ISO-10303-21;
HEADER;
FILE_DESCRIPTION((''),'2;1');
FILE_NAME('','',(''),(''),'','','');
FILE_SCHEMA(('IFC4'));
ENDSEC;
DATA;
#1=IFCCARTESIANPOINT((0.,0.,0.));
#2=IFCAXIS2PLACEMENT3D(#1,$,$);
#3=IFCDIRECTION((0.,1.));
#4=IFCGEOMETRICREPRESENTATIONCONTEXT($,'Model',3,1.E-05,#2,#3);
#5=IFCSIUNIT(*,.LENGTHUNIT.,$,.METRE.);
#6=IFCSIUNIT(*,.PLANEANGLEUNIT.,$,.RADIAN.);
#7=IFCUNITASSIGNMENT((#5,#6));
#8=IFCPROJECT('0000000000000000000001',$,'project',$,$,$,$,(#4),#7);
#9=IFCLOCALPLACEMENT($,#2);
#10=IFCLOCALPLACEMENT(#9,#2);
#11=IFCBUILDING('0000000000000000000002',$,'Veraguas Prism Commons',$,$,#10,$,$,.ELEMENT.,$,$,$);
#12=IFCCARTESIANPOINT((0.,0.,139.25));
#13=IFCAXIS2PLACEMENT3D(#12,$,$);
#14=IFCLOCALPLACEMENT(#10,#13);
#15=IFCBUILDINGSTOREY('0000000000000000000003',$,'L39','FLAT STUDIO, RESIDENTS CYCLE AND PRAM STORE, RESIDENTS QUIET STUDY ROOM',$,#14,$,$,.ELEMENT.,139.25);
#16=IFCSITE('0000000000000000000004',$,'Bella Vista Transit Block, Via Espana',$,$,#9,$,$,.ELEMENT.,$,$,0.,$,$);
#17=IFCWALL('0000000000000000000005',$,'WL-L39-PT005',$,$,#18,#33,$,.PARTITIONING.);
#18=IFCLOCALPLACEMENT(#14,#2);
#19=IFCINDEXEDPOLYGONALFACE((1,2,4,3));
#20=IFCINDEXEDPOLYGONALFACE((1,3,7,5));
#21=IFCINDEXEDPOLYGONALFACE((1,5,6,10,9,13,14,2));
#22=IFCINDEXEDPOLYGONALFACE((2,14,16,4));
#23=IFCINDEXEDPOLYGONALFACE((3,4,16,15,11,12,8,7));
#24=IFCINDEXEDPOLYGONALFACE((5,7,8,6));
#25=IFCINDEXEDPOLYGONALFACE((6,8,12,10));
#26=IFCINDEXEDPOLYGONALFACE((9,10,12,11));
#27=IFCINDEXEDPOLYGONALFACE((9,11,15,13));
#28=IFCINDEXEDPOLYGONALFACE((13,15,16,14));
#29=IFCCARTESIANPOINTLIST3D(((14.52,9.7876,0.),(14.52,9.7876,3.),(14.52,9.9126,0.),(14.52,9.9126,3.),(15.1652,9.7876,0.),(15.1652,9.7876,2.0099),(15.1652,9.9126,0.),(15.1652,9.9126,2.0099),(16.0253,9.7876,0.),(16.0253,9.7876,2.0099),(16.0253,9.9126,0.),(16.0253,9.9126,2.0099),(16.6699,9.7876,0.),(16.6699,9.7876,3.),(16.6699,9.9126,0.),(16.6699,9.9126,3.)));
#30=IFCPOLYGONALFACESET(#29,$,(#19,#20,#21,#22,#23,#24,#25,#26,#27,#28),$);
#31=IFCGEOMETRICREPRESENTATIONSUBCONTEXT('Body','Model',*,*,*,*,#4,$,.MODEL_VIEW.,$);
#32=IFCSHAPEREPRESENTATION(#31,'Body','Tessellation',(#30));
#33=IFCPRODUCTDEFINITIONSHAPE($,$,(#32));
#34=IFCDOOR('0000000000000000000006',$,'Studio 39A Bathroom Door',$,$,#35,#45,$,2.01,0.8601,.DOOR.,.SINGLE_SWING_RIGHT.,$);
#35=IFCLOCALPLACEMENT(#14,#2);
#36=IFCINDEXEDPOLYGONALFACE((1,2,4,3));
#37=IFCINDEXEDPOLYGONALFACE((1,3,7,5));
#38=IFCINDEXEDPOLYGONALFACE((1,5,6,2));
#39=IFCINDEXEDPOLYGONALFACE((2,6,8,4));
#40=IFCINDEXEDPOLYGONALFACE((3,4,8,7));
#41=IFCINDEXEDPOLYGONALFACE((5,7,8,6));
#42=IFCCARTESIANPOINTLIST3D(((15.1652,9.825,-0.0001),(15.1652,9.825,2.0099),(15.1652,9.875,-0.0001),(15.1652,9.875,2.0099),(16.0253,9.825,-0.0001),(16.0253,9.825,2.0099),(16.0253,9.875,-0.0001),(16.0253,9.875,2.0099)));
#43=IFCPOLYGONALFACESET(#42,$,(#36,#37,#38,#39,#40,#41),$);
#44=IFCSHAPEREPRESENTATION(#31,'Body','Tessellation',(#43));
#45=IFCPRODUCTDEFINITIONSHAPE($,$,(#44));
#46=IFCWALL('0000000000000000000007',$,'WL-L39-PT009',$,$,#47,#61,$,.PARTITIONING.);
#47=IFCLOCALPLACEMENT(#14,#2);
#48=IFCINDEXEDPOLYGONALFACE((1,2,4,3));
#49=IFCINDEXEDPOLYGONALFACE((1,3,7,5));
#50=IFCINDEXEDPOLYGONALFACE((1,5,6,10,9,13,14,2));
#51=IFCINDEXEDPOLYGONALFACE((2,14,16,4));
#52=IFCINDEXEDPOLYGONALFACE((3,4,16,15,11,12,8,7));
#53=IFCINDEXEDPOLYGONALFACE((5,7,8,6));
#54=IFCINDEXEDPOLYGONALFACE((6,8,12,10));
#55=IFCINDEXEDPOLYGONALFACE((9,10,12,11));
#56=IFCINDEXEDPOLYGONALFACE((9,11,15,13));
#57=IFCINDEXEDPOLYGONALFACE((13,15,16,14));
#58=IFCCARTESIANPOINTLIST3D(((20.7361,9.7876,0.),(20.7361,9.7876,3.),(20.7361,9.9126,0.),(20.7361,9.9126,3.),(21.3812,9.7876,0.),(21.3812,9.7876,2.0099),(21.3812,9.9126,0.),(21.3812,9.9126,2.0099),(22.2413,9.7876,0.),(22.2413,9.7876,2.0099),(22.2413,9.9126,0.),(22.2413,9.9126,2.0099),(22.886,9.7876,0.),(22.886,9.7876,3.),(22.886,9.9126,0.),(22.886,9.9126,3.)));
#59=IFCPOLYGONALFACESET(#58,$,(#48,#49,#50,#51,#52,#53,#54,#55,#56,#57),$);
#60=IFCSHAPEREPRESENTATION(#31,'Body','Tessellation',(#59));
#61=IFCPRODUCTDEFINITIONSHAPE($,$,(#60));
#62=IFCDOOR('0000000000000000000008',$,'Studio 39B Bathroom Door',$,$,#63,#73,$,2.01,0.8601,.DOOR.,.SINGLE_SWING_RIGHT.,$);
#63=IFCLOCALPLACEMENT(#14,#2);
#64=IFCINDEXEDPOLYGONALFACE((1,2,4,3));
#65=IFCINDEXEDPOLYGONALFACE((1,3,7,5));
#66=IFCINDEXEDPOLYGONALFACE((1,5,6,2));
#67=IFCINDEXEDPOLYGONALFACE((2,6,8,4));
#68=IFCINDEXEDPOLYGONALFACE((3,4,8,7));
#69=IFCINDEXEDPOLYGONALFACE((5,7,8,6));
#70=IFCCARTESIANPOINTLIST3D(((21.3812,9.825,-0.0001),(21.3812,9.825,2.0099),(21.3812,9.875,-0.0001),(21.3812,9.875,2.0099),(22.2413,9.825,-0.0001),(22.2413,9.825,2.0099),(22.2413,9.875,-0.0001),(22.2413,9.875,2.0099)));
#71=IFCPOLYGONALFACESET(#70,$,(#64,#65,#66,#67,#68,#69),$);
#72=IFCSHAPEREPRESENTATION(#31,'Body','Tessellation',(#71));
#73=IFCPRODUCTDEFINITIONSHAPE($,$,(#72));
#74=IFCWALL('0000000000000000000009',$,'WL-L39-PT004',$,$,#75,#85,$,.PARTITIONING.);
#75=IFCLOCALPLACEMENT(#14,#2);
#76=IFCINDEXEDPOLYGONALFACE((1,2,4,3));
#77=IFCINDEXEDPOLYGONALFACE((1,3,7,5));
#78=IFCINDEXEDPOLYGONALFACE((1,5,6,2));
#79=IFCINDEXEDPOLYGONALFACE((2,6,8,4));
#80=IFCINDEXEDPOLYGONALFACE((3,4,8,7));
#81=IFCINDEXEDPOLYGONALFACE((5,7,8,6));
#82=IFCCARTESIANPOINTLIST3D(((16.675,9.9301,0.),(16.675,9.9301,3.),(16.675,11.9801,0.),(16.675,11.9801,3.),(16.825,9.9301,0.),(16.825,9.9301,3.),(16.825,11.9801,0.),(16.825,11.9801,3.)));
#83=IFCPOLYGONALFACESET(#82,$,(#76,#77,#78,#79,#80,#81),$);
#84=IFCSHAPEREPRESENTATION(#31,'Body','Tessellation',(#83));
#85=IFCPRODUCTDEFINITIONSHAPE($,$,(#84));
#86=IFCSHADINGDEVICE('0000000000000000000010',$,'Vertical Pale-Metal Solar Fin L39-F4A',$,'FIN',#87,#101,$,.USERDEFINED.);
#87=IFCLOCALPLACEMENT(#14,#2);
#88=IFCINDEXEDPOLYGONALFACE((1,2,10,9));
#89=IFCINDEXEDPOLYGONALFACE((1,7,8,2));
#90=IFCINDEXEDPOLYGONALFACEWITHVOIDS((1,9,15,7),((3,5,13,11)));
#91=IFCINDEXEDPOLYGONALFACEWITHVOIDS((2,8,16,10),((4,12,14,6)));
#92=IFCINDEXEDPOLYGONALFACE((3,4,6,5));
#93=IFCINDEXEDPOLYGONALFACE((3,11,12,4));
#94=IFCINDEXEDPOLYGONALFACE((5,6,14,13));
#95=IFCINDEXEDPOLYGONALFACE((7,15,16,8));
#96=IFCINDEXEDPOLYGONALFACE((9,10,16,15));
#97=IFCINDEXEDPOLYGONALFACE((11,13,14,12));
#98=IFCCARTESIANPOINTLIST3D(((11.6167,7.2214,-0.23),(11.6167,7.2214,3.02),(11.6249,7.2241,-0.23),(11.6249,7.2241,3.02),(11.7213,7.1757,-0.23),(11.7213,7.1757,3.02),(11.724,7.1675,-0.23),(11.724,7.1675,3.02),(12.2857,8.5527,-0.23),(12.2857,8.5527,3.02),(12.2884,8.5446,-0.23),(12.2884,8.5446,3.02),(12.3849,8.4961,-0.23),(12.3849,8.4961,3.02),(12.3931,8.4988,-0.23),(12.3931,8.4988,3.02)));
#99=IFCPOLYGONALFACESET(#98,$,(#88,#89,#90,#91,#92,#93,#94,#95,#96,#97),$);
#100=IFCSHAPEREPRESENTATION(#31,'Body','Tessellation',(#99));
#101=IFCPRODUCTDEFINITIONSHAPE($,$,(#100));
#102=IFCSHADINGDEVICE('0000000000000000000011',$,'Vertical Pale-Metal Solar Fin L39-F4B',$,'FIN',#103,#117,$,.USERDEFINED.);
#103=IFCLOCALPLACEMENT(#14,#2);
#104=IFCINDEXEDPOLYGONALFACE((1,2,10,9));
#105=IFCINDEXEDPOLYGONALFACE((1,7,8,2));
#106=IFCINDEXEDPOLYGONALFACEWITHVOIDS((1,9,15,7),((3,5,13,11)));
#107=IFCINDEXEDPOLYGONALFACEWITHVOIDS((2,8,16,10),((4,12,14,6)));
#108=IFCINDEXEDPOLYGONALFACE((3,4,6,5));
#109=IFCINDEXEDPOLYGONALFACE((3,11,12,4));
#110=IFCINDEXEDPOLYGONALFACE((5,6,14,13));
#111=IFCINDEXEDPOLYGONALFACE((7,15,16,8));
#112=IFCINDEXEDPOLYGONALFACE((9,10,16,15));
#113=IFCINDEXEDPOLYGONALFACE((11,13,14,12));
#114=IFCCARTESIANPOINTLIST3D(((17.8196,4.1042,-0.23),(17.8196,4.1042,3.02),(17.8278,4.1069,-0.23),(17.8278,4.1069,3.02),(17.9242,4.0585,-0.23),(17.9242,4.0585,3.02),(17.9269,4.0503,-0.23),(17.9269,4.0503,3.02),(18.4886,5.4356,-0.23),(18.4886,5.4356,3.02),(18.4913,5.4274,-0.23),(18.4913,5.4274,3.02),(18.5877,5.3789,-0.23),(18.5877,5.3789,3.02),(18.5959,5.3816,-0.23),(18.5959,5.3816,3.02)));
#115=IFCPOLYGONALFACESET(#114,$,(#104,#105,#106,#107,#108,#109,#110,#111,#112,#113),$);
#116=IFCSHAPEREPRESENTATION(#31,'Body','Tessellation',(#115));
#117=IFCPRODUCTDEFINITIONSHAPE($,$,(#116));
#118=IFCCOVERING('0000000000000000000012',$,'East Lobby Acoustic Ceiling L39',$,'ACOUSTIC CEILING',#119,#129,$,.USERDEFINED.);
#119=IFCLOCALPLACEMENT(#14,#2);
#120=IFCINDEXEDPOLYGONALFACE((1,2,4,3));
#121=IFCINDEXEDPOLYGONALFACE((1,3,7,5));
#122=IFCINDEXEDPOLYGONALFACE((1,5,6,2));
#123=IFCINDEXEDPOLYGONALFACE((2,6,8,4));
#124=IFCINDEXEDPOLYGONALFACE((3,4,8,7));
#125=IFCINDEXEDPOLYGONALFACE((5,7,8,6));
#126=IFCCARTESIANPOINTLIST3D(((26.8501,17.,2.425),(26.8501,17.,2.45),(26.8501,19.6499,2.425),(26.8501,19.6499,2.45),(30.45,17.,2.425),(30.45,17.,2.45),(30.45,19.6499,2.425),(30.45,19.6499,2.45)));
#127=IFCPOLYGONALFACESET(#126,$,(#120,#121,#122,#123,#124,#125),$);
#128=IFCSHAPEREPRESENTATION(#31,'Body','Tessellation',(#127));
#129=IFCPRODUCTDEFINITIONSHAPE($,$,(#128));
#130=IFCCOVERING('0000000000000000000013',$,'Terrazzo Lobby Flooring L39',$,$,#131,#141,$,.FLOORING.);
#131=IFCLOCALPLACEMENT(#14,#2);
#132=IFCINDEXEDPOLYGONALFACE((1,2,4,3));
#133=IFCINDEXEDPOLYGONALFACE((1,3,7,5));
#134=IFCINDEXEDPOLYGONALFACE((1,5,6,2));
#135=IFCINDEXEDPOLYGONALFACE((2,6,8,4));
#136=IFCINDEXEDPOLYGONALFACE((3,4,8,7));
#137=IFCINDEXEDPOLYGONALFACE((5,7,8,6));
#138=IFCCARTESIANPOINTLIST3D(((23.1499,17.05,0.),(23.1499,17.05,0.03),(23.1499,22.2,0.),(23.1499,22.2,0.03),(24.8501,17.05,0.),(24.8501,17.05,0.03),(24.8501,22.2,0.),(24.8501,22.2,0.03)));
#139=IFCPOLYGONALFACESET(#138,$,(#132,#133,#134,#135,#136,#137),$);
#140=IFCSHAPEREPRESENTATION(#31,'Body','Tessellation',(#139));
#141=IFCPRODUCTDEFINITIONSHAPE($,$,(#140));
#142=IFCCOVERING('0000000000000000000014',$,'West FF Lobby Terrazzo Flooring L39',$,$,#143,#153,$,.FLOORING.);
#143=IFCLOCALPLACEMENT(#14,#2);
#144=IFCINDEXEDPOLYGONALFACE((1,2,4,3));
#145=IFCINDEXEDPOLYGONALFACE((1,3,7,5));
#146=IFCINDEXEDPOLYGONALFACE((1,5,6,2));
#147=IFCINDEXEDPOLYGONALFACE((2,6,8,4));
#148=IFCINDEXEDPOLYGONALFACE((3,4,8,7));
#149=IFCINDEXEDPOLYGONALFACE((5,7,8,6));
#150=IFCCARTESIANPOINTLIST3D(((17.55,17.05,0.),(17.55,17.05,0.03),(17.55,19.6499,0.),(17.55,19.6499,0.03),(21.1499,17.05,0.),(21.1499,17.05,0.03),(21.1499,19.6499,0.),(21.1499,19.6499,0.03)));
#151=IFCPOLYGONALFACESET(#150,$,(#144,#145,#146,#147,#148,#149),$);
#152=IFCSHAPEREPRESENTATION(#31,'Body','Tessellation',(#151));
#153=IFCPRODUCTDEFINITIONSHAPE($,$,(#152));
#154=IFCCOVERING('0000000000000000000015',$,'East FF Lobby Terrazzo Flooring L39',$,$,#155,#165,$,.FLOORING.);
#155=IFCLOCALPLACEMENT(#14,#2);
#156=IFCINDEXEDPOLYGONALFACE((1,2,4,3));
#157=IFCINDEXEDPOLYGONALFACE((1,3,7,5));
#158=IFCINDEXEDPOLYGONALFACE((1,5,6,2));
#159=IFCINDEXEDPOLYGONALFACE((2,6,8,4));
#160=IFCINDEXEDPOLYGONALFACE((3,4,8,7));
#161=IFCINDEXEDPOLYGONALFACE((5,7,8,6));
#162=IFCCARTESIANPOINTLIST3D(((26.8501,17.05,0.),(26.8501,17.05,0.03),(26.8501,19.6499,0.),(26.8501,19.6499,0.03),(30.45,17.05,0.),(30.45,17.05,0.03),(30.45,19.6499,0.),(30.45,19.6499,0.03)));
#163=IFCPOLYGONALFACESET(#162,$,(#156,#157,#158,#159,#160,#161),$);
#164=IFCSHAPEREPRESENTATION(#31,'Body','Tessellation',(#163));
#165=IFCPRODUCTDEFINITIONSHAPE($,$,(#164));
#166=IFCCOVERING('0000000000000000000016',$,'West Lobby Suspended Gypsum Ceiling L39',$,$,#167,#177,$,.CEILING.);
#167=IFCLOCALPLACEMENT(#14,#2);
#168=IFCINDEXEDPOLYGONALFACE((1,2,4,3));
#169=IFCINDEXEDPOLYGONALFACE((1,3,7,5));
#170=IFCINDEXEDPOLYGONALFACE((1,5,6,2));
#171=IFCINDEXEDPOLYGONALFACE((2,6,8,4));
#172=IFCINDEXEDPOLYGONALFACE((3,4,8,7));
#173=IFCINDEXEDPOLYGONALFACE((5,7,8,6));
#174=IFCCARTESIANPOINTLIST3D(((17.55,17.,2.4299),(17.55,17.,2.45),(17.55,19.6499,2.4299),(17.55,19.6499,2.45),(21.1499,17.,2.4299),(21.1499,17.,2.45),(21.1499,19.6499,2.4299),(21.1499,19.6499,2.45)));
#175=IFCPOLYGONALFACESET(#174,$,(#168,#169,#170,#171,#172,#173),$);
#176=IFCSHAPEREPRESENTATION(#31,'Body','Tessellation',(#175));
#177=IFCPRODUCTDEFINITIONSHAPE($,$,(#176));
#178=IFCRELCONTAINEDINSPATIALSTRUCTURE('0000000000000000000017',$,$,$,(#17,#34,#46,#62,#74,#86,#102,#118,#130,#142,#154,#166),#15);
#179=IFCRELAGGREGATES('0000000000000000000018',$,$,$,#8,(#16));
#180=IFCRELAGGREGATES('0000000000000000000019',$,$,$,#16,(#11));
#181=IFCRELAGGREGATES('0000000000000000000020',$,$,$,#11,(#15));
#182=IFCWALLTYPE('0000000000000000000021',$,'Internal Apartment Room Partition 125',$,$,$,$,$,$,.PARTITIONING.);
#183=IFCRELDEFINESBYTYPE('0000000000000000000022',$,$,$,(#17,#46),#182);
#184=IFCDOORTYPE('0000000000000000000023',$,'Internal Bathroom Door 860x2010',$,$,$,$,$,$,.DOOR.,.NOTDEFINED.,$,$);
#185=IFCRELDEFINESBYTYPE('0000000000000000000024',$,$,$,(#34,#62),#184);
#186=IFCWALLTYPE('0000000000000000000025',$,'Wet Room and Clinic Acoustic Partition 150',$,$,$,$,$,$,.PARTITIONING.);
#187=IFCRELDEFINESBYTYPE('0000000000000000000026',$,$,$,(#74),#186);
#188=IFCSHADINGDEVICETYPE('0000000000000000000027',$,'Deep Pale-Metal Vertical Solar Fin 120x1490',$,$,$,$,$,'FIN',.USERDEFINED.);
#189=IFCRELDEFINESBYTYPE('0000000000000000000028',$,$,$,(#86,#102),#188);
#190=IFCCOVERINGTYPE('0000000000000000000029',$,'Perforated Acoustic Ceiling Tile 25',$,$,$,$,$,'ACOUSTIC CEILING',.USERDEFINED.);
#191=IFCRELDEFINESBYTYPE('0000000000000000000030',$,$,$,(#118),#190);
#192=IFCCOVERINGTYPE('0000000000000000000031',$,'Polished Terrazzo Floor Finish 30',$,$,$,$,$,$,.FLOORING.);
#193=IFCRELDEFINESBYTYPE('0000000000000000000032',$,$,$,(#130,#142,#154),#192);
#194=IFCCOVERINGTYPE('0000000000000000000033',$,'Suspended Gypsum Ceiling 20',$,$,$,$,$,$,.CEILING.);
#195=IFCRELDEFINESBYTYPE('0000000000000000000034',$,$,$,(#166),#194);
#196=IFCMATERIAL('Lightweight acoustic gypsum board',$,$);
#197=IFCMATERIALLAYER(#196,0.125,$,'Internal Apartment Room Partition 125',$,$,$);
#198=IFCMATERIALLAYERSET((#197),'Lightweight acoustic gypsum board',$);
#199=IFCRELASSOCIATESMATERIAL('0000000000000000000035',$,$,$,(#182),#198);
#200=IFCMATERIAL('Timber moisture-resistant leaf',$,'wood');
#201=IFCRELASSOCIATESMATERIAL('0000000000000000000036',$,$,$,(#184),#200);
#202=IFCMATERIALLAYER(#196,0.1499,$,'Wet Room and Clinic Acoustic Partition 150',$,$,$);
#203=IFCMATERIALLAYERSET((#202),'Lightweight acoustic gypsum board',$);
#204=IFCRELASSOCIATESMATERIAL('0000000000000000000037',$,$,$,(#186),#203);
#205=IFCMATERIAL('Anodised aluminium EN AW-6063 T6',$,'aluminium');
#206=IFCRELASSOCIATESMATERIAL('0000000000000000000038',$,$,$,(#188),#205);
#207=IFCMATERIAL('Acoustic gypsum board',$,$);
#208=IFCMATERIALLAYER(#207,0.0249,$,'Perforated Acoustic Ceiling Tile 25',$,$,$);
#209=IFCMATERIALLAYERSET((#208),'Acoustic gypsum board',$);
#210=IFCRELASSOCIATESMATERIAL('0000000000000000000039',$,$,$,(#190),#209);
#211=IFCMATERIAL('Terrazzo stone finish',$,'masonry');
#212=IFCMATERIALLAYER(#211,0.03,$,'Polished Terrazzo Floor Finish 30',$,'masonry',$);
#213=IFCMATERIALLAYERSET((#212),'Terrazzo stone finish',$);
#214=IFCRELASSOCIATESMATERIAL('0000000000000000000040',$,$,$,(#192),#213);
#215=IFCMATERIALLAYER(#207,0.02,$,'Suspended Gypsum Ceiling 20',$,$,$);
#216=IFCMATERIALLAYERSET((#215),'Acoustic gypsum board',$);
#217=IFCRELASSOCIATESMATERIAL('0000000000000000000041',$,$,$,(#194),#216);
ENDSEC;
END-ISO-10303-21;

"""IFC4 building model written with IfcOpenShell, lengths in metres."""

from ifc_helpers import new_model, si_unit, direction, frame, frame_2d, origin, origin_2d, place, context, subcontext, project, spatial, polyline, rectangle, hollow_rectangle, outline, extrude, source, transform, mapped, material, layer, layer_set, material_profile, profile_set, type_object, element, fill, save


model = new_model("IFC4")

# Units and contexts
model_context = context("Model", 3, precision=1e-05, world=origin(), true_north=direction((0.0, 1.0)))
body_context = subcontext(model_context, "Body", "Model", "MODEL_VIEW")
ifc_project = project(units=[si_unit("LENGTHUNIT", "METRE"), si_unit("PLANEANGLEUNIT", "RADIAN")], contexts=[model_context])

# Site, building, storey
site_placement = place(None, origin())
site = spatial("IfcSite", under=ifc_project, at=site_placement, Name="Bella Vista Transit Block, Via Espana", CompositionType="ELEMENT", RefElevation=0.0)
building_placement = place(site_placement, origin())
building = spatial("IfcBuilding", under=site, at=building_placement, Name="Veraguas Prism Commons", CompositionType="ELEMENT")
storey_placement = place(building_placement, frame((0.0, 0.0, 139.25)))
storey = spatial("IfcBuildingStorey", under=building, at=storey_placement, Name="L39", Description="FLAT STUDIO, RESIDENTS CYCLE AND PRAM STORE, RESIDENTS QUIET STUDY ROOM", CompositionType="ELEMENT", Elevation=139.25)

# Shared definitions
ifc_material_1 = material(Name="Anodised aluminium EN AW-6063 T6", Category="aluminium")

# Walls, openings, doors
ifc_material_2 = material(Name="Lightweight acoustic gypsum board")
ifc_layer_1 = layer(ifc_material_2, 0.125, Name="Internal Apartment Room Partition 125")
ifc_layer_set_1 = layer_set([ifc_layer_1], Name="Lightweight acoustic gypsum board")
wall_type_1 = type_object("IfcWallType", Name="Internal Apartment Room Partition 125", PredefinedType="PARTITIONING", material=ifc_layer_set_1)
wall_1_placement = place(storey_placement, frame((14.52, 9.8501, 0.0), z_axis=(0.0, 0.0, 1.0), x_axis=(1.0, 0.0, 0.0)))
wall_1 = element("IfcWall", 1, at=wall_1_placement, inside=storey, type_object=wall_type_1, Name="WL-L39-PT005", PredefinedType="PARTITIONING", context=body_context, shape_type="SweptSolid", body=[
    extrude(rectangle(XDim=2.1499, YDim=0.125, at=frame_2d((1.075, 0.0))), origin(), (0.0, 0.0, 1.0), 3.0),
])
opening_1_placement = place(wall_1_placement, frame((0.645, 0.0, 0.0)))
opening_1 = element("IfcOpeningElement", 2, at=opening_1_placement, cuts=wall_1, PredefinedType="OPENING", context=body_context, shape_type="SweptSolid", body=[
    extrude(rectangle(XDim=0.8601, YDim=2.01, at=frame_2d((0.4302, 1.0049))), frame((0.0, 0.0725, 0.0), z_axis=(0.0, -1.0, 0.0), x_axis=(1.0, 0.0, 0.0)), (0.0, 0.0, 1.0), 0.145),
])
ifc_material_3 = material(Name="Timber moisture-resistant leaf", Category="wood")
door_type = type_object("IfcDoorType", Name="Internal Bathroom Door 860x2010", OperationType="NOTDEFINED", PredefinedType="DOOR", material=ifc_material_3)
shared_shape_1 = source(origin(), body_context, "Body", "SweptSolid", [
    extrude(rectangle(XDim=0.8601, YDim=2.01, at=frame_2d((0.4302, 1.0049))), frame((0.0, 0.0249, 0.0), z_axis=(0.0, -1.0, 0.0), x_axis=(1.0, 0.0, 0.0)), (0.0, 0.0, 1.0), 0.05),
])
door_1_placement = place(opening_1_placement, origin())
door_1 = element("IfcDoor", 3, at=door_1_placement, inside=storey, type_object=door_type, Name="Studio 39A Bathroom Door", OperationType="SINGLE_SWING_RIGHT", OverallHeight=2.01, OverallWidth=0.8601, PredefinedType="DOOR", context=body_context, shape_type="MappedRepresentation", body=[
    mapped(shared_shape_1, transform((0.0, 0.0, 0.0), scale=1.0)),
])
fill(opening_1, door_1)
wall_2_placement = place(storey_placement, frame((20.7361, 9.8501, 0.0), z_axis=(0.0, 0.0, 1.0), x_axis=(1.0, 0.0, 0.0)))
wall_2 = element("IfcWall", 4, at=wall_2_placement, inside=storey, type_object=wall_type_1, Name="WL-L39-PT009", PredefinedType="PARTITIONING", context=body_context, shape_type="SweptSolid", body=[
    extrude(rectangle(XDim=2.1499, YDim=0.125, at=frame_2d((1.075, 0.0))), origin(), (0.0, 0.0, 1.0), 3.0),
])
opening_2_placement = place(wall_2_placement, frame((0.645, 0.0, 0.0)))
opening_2 = element("IfcOpeningElement", 5, at=opening_2_placement, cuts=wall_2, PredefinedType="OPENING", context=body_context, shape_type="SweptSolid", body=[
    extrude(rectangle(XDim=0.8601, YDim=2.01, at=frame_2d((0.4302, 1.0049))), frame((0.0, 0.0725, 0.0), z_axis=(0.0, -1.0, 0.0), x_axis=(1.0, 0.0, 0.0)), (0.0, 0.0, 1.0), 0.145),
])
door_2_placement = place(opening_2_placement, origin())
door_2 = element("IfcDoor", 6, at=door_2_placement, inside=storey, type_object=door_type, Name="Studio 39B Bathroom Door", OperationType="SINGLE_SWING_RIGHT", OverallHeight=2.01, OverallWidth=0.8601, PredefinedType="DOOR", context=body_context, shape_type="MappedRepresentation", body=[
    mapped(shared_shape_1, transform((0.0, 0.0, 0.0), scale=1.0)),
])
fill(opening_2, door_2)

# Wall
ifc_layer_2 = layer(ifc_material_2, 0.1499, Name="Wet Room and Clinic Acoustic Partition 150")
ifc_layer_set_2 = layer_set([ifc_layer_2], Name="Lightweight acoustic gypsum board")
wall_type_2 = type_object("IfcWallType", Name="Wet Room and Clinic Acoustic Partition 150", PredefinedType="PARTITIONING", material=ifc_layer_set_2)
wall_3_placement = place(storey_placement, frame((16.75, 11.98, 0.0), z_axis=(0.0, 0.0, 1.0), x_axis=(0.0, -1.0, 0.0)))
element("IfcWall", 7, at=wall_3_placement, inside=storey, type_object=wall_type_2, Name="WL-L39-PT004", PredefinedType="PARTITIONING", context=body_context, shape_type="SweptSolid", body=[
    extrude(rectangle(XDim=2.05, YDim=0.1499, at=frame_2d((1.0249, 0.0))), origin(), (0.0, 0.0, 1.0), 3.0),
])

# Shading devices
ifc_material_profile_1 = material_profile(ifc_material_1, hollow_rectangle(XDim=0.1201, YDim=1.49, WallThickness=0.0061, at=origin_2d()), Name="FIN120X1490X6")
ifc_profile_set_1 = profile_set([ifc_material_profile_1], Name="Anodised aluminium EN AW-6063 T6")
shading_device_type = type_object("IfcShadingDeviceType", Name="Deep Pale-Metal Vertical Solar Fin 120x1490", ElementType="FIN", PredefinedType="USERDEFINED", material=ifc_profile_set_1)
for number, where, z_axis, x_axis, name in (
    (8, (12.0049, 7.8601, -0.23), (0.0, 0.0, 1.0), (0.893527, -0.449009, 0.0), "Vertical Pale-Metal Solar Fin L39-F4A"),
    (9, (18.2078, 4.7429, -0.23), (0.0, 0.0, 1.0), (0.893527, -0.449009, 0.0), "Vertical Pale-Metal Solar Fin L39-F4B"),
):
    element("IfcShadingDevice", number, at=place(storey_placement, frame(where, z_axis=z_axis, x_axis=x_axis)), inside=storey, type_object=shading_device_type, Name=name, ObjectType="FIN", PredefinedType="USERDEFINED", context=body_context, shape_type="SweptSolid", body=[
        extrude(hollow_rectangle(XDim=0.1201, YDim=1.49, WallThickness=0.0061, at=origin_2d()), origin(), (0.0, 0.0, 1.0), 3.25),
    ])

# Coverings
ifc_material_4 = material(Name="Acoustic gypsum board")
ifc_layer_3 = layer(ifc_material_4, 0.0249, Name="Perforated Acoustic Ceiling Tile 25")
ifc_layer_set_3 = layer_set([ifc_layer_3], Name="Acoustic gypsum board")
covering_type_1 = type_object("IfcCoveringType", Name="Perforated Acoustic Ceiling Tile 25", ElementType="ACOUSTIC CEILING", PredefinedType="USERDEFINED", material=ifc_layer_set_3)
covering_1_placement = place(storey_placement, frame((0.0, 0.0, 2.425)))
element("IfcCovering", 10, at=covering_1_placement, inside=storey, type_object=covering_type_1, Name="East Lobby Acoustic Ceiling L39", ObjectType="ACOUSTIC CEILING", PredefinedType="USERDEFINED", context=body_context, shape_type="SweptSolid", body=[
    extrude(outline(polyline([(26.8501, 17.0), (30.45, 17.0), (30.45, 19.6499), (26.8501, 19.6499), (26.8501, 17.0)])), origin(), (0.0, 0.0, 1.0), 0.0249),
])
ifc_material_5 = material(Name="Terrazzo stone finish", Category="masonry")
ifc_layer_4 = layer(ifc_material_5, 0.03, Name="Polished Terrazzo Floor Finish 30", Category="masonry")
ifc_layer_set_4 = layer_set([ifc_layer_4], Name="Terrazzo stone finish")
covering_type_2 = type_object("IfcCoveringType", Name="Polished Terrazzo Floor Finish 30", PredefinedType="FLOORING", material=ifc_layer_set_4)
covering_2_placement = place(storey_placement, origin())
element("IfcCovering", 11, at=covering_2_placement, inside=storey, type_object=covering_type_2, Name="Terrazzo Lobby Flooring L39", PredefinedType="FLOORING", context=body_context, shape_type="SweptSolid", body=[
    extrude(outline(polyline([(23.1499, 17.05), (24.8501, 17.05), (24.8501, 22.2), (23.1499, 22.2), (23.1499, 17.05)])), origin(), (0.0, 0.0, 1.0), 0.03),
])
covering_3_placement = place(storey_placement, origin())
element("IfcCovering", 12, at=covering_3_placement, inside=storey, type_object=covering_type_2, Name="West FF Lobby Terrazzo Flooring L39", PredefinedType="FLOORING", context=body_context, shape_type="SweptSolid", body=[
    extrude(outline(polyline([(17.55, 17.05), (21.1499, 17.05), (21.1499, 19.6499), (17.55, 19.6499), (17.55, 17.05)])), origin(), (0.0, 0.0, 1.0), 0.03),
])
covering_4_placement = place(storey_placement, origin())
element("IfcCovering", 13, at=covering_4_placement, inside=storey, type_object=covering_type_2, Name="East FF Lobby Terrazzo Flooring L39", PredefinedType="FLOORING", context=body_context, shape_type="SweptSolid", body=[
    extrude(outline(polyline([(26.8501, 17.05), (30.45, 17.05), (30.45, 19.6499), (26.8501, 19.6499), (26.8501, 17.05)])), origin(), (0.0, 0.0, 1.0), 0.03),
])
ifc_layer_5 = layer(ifc_material_4, 0.02, Name="Suspended Gypsum Ceiling 20")
ifc_layer_set_5 = layer_set([ifc_layer_5], Name="Acoustic gypsum board")
covering_type_3 = type_object("IfcCoveringType", Name="Suspended Gypsum Ceiling 20", PredefinedType="CEILING", material=ifc_layer_set_5)
covering_5_placement = place(storey_placement, frame((0.0, 0.0, 2.4299)))
element("IfcCovering", 14, at=covering_5_placement, inside=storey, type_object=covering_type_3, Name="West Lobby Suspended Gypsum Ceiling L39", PredefinedType="CEILING", context=body_context, shape_type="SweptSolid", body=[
    extrude(outline(polyline([(17.55, 17.0), (21.1499, 17.0), (21.1499, 19.6499), (17.55, 19.6499), (17.55, 17.0)])), origin(), (0.0, 0.0, 1.0), 0.02),
])

save(model, "model.ifc")
